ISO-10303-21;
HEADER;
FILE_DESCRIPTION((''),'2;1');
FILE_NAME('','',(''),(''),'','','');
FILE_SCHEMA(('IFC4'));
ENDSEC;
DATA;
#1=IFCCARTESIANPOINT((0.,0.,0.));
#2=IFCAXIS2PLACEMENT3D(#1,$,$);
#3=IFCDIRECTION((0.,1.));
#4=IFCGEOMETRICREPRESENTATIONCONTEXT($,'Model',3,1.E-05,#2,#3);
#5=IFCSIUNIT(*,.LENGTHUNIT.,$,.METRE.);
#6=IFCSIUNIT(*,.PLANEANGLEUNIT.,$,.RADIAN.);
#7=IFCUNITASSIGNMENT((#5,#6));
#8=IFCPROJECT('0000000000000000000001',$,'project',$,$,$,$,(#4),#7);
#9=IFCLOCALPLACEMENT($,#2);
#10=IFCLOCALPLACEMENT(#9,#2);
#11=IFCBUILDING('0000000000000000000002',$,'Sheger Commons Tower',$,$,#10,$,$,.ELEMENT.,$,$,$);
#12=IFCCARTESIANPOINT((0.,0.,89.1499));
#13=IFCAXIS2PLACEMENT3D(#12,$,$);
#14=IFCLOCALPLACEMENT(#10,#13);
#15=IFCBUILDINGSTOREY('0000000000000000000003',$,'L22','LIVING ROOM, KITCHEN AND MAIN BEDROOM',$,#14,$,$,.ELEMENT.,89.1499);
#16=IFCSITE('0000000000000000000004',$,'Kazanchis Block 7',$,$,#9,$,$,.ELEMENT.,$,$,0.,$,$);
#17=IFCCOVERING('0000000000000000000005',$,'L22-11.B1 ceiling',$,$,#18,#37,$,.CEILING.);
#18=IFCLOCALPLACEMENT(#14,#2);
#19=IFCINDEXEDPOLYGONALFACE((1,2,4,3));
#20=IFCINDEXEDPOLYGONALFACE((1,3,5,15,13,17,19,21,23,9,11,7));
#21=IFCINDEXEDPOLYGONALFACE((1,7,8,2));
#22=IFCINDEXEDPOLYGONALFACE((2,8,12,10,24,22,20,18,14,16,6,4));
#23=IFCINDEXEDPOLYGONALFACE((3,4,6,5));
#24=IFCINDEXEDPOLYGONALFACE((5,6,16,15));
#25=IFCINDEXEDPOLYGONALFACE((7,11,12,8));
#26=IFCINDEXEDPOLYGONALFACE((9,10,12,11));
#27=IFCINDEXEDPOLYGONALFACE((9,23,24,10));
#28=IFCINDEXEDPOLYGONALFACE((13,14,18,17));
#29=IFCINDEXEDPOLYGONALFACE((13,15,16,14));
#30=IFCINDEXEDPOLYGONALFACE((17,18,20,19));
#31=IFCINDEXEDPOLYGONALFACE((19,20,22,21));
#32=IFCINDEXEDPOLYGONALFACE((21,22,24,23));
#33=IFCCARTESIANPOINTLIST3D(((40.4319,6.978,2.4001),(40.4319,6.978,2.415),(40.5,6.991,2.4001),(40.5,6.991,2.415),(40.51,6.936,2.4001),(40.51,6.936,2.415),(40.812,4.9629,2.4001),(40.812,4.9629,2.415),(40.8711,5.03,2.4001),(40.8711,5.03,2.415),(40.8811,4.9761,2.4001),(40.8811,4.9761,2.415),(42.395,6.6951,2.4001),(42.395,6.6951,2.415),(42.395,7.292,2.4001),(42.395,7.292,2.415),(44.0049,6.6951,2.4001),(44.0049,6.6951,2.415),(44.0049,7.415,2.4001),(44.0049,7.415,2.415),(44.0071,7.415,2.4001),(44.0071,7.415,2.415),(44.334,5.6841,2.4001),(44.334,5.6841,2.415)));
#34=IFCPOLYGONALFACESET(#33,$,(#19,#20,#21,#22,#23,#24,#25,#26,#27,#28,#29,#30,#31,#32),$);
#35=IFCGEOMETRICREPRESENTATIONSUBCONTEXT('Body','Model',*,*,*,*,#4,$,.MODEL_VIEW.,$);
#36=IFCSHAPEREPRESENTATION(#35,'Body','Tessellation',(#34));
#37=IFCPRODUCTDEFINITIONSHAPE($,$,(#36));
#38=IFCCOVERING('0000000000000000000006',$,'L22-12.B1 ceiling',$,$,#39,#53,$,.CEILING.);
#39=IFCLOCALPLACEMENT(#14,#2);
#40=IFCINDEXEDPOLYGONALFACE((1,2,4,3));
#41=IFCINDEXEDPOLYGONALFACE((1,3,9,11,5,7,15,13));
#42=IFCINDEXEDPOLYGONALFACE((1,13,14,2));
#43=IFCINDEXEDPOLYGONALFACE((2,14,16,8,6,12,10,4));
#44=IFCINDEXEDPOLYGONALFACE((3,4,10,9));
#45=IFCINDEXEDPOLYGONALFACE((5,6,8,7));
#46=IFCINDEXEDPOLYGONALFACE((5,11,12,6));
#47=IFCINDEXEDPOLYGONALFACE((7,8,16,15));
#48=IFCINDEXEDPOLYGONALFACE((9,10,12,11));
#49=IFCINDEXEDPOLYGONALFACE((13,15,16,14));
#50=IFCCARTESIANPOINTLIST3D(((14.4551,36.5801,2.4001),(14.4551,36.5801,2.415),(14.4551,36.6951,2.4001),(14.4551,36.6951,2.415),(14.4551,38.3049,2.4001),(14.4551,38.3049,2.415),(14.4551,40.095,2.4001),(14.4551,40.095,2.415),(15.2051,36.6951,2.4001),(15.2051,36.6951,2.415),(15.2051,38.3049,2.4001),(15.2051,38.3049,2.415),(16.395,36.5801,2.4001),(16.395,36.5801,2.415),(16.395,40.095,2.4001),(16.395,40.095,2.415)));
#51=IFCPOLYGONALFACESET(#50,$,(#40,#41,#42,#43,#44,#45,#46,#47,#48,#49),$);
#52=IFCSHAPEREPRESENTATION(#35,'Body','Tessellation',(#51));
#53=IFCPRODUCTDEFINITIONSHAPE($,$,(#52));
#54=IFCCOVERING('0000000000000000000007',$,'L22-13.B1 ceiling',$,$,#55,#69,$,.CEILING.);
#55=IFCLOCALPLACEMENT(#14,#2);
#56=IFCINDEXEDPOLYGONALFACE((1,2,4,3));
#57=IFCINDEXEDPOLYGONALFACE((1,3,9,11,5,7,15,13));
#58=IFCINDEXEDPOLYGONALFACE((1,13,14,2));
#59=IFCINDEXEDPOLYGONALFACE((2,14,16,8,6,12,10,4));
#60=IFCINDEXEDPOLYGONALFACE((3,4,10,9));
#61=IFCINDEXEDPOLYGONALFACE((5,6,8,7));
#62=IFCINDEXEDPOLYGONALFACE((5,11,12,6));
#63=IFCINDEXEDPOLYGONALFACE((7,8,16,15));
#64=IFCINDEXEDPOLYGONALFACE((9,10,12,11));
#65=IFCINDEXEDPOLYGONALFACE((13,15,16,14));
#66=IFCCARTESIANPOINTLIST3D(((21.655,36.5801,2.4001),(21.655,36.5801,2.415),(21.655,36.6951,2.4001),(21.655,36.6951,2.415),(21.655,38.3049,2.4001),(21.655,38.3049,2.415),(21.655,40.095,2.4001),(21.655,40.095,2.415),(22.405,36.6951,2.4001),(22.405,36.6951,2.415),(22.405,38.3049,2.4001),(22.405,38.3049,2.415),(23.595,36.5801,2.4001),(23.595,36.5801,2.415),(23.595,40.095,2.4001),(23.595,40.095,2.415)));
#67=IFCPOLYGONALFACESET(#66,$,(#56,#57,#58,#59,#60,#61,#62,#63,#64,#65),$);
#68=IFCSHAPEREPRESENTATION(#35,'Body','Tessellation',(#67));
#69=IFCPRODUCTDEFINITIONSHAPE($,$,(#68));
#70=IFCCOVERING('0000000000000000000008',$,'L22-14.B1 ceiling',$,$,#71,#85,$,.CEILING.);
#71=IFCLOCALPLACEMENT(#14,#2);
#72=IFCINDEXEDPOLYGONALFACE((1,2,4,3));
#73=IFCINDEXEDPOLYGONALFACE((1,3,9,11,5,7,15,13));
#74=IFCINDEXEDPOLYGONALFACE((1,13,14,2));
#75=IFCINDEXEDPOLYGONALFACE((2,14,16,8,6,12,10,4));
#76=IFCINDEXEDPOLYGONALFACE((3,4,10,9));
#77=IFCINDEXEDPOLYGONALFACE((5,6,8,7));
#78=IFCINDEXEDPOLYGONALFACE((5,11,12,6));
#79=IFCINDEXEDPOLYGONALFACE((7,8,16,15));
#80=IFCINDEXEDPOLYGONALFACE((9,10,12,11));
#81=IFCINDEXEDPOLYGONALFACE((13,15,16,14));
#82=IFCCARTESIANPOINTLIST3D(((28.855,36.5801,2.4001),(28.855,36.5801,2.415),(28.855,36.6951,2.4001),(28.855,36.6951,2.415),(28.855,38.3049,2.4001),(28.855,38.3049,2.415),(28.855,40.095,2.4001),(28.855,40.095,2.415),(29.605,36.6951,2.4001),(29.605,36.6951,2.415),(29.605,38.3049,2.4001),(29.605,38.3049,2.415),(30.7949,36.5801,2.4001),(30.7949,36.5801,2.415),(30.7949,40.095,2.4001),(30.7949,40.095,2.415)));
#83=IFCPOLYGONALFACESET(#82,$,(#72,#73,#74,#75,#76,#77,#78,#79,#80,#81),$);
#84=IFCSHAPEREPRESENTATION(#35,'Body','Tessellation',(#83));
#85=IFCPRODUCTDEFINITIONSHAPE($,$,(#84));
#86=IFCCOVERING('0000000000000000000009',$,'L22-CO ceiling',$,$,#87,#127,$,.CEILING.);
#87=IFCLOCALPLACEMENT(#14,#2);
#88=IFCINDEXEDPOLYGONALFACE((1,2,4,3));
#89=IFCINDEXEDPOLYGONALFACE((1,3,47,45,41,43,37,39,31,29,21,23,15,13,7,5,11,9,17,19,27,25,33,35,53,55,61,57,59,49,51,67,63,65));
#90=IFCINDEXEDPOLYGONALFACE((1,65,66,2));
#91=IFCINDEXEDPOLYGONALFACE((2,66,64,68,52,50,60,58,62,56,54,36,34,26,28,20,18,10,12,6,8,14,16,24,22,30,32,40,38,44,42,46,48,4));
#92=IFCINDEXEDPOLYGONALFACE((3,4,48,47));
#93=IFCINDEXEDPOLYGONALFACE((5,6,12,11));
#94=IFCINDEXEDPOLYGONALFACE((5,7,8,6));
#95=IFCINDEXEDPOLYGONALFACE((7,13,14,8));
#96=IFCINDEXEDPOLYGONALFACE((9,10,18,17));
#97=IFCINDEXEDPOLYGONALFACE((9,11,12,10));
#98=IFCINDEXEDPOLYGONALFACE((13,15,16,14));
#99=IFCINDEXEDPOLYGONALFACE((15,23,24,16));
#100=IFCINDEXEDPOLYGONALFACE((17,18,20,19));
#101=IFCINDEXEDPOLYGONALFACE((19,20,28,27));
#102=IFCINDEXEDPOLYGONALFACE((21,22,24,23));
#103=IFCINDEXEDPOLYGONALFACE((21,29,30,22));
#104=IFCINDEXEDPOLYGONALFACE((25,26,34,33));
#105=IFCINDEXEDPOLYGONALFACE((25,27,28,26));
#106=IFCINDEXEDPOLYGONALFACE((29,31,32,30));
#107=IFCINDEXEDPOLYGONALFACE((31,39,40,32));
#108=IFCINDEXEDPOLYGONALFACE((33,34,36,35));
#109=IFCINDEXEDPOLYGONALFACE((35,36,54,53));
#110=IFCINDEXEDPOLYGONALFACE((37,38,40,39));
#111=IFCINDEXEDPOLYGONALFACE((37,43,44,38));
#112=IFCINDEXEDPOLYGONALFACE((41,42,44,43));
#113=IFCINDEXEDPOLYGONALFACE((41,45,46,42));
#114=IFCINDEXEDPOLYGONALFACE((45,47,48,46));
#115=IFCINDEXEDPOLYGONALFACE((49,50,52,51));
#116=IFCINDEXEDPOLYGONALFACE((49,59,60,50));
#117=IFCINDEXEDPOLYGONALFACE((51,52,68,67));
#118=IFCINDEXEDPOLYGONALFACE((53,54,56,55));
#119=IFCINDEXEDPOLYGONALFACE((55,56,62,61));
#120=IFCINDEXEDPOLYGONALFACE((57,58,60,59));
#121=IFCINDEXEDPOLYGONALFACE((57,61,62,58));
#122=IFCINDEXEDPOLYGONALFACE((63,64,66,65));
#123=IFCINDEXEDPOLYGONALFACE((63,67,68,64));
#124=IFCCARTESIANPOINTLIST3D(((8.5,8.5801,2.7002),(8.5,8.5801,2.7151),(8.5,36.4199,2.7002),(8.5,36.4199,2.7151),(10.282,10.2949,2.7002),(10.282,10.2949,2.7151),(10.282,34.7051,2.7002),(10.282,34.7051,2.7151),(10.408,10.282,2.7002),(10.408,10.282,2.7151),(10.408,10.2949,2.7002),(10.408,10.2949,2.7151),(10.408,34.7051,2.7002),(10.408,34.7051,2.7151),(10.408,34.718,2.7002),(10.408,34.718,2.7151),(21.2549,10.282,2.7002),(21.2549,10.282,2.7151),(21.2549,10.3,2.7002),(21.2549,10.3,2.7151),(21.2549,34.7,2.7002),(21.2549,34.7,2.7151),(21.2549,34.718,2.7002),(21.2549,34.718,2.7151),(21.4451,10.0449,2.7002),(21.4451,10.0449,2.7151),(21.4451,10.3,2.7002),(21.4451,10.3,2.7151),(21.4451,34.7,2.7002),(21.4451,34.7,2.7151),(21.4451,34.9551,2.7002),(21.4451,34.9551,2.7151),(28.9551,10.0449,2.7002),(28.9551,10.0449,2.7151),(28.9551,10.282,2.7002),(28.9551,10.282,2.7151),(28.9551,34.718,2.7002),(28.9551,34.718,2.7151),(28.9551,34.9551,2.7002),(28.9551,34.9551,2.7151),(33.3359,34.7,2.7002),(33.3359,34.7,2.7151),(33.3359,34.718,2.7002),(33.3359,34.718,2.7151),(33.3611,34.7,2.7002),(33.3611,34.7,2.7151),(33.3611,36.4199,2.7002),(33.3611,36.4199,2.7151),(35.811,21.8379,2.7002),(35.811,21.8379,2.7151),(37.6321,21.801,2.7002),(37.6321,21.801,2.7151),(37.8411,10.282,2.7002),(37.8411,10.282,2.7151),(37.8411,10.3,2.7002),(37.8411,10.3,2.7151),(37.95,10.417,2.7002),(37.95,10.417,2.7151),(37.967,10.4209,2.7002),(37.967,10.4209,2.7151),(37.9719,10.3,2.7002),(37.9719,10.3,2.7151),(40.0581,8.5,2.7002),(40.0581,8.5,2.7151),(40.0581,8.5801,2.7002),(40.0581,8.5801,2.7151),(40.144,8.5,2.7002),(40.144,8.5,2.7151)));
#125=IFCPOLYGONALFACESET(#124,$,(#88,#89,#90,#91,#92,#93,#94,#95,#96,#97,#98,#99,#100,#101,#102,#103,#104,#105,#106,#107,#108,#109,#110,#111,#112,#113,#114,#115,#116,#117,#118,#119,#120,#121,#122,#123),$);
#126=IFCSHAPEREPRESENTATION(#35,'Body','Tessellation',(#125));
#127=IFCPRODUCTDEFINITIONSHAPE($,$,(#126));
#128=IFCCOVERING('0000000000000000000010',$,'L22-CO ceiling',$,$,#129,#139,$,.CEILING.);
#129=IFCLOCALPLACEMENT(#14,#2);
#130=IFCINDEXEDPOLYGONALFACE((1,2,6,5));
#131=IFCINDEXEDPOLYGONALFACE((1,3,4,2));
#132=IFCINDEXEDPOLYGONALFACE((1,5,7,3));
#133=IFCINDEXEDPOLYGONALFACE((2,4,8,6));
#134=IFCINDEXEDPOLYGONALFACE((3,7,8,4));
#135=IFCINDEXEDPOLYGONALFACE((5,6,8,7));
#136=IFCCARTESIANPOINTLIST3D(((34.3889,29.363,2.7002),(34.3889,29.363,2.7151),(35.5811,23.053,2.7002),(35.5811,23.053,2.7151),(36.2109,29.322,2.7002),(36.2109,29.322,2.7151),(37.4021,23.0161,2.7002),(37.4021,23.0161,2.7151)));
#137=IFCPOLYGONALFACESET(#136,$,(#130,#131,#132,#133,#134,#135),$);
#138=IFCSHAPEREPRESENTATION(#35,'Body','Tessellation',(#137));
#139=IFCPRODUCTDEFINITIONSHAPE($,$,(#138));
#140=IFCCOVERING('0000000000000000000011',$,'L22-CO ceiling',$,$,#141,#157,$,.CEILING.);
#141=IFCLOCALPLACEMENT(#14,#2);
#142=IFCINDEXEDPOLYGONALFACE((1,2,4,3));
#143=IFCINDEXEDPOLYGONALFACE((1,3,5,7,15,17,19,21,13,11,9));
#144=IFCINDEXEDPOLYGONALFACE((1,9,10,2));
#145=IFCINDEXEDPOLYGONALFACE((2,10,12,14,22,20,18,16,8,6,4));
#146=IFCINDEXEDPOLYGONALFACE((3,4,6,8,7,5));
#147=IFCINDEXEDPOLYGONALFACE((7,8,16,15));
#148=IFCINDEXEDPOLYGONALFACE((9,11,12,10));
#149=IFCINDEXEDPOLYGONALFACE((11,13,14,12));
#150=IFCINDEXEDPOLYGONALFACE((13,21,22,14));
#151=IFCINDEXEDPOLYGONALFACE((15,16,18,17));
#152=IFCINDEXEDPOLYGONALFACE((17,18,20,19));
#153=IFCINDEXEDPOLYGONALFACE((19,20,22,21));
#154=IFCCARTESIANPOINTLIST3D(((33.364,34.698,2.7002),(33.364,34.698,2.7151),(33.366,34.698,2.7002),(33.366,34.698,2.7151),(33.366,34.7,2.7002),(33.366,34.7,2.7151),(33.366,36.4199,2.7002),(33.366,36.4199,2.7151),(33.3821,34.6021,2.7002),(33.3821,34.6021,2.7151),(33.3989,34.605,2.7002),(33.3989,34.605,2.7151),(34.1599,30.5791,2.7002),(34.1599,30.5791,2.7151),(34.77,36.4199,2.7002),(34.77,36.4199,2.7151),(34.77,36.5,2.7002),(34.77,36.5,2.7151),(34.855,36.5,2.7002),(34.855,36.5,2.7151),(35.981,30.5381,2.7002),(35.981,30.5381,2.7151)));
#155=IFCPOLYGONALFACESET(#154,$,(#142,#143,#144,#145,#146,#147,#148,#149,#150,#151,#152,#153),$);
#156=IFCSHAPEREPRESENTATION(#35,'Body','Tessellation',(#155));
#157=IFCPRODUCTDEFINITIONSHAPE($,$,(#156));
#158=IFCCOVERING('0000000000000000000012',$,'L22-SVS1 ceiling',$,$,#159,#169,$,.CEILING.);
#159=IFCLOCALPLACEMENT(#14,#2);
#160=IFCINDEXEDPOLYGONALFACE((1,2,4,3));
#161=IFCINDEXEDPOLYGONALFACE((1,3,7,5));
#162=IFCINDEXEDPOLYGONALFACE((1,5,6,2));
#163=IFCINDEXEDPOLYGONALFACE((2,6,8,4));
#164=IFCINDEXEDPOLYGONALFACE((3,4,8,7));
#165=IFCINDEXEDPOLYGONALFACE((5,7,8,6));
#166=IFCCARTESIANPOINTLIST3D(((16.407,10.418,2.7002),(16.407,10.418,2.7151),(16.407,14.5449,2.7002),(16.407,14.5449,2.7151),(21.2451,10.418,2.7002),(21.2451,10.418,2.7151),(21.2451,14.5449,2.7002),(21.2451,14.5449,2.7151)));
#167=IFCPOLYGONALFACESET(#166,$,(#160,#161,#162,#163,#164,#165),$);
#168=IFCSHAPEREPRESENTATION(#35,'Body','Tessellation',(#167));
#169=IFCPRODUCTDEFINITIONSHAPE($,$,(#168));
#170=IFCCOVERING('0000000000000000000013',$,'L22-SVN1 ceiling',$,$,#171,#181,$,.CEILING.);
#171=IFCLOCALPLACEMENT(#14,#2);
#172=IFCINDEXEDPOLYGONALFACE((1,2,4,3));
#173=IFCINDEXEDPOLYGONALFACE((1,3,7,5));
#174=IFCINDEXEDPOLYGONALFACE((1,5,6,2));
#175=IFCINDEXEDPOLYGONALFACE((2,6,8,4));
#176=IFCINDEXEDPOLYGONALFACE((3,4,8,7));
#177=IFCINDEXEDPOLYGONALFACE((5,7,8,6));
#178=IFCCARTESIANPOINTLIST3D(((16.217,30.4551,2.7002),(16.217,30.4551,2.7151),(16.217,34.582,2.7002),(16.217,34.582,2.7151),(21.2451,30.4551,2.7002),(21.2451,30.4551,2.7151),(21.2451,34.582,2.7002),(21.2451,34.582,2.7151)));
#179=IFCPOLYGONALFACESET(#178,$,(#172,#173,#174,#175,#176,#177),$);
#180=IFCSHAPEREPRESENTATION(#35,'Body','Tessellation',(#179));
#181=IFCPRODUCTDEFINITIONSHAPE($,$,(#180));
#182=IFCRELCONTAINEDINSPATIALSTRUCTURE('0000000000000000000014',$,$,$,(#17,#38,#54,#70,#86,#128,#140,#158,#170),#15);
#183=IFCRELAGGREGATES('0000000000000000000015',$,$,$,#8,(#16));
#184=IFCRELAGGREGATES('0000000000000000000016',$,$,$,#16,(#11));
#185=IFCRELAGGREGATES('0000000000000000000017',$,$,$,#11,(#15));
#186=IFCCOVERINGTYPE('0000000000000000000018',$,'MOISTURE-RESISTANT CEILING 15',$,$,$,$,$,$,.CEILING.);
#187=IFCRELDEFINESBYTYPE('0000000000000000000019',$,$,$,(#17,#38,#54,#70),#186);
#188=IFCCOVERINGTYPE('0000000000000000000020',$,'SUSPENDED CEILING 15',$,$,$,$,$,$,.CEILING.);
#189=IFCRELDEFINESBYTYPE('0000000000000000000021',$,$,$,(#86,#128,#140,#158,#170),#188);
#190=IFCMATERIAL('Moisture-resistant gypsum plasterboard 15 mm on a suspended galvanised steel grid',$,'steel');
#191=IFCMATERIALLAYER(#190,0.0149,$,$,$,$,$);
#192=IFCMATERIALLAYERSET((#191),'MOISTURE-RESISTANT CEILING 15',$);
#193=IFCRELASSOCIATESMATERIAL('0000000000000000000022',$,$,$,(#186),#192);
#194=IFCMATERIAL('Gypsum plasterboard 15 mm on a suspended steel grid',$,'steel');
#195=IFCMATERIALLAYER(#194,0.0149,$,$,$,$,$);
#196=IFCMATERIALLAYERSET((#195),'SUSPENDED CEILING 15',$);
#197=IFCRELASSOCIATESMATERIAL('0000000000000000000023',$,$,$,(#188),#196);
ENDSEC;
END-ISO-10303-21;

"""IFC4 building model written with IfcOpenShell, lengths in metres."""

from ifc_helpers import new_model, si_unit, direction, frame, origin, place, context, subcontext, project, spatial, polyline, outline, extrude, material, layer, layer_set, type_object, element, save


model = new_model("IFC4")

# Units and contexts
model_context = context("Model", 3, precision=1e-05, world=origin(), true_north=direction((0.0, 1.0)))
body_context = subcontext(model_context, "Body", "Model", "MODEL_VIEW")
ifc_project = project(units=[si_unit("LENGTHUNIT", "METRE"), si_unit("PLANEANGLEUNIT", "RADIAN")], contexts=[model_context])

# Site, building, storey
site_placement = place(None, origin())
site = spatial("IfcSite", under=ifc_project, at=site_placement, Name="Kazanchis Block 7", CompositionType="ELEMENT", RefElevation=0.0)
building_placement = place(site_placement, origin())
building = spatial("IfcBuilding", under=site, at=building_placement, Name="Sheger Commons Tower", CompositionType="ELEMENT")
storey_placement = place(building_placement, frame((0.0, 0.0, 89.1499)))
storey = spatial("IfcBuildingStorey", under=building, at=storey_placement, Name="L22", Description="LIVING ROOM, KITCHEN AND MAIN BEDROOM", CompositionType="ELEMENT", Elevation=89.1499)

# Coverings
ifc_material_1 = material(Name="Moisture-resistant gypsum plasterboard 15 mm on a suspended galvanised steel grid", Category="steel")
ifc_layer_1 = layer(ifc_material_1, 0.0149)
ifc_layer_set_1 = layer_set([ifc_layer_1], Name="MOISTURE-RESISTANT CEILING 15")
covering_type_1 = type_object("IfcCoveringType", Name="MOISTURE-RESISTANT CEILING 15", PredefinedType="CEILING", material=ifc_layer_set_1)
covering_1_placement = place(storey_placement, frame((0.0, 0.0, 2.4001)))
element("IfcCovering", 1, at=covering_1_placement, inside=storey, type_object=covering_type_1, Name="L22-11.B1 ceiling", PredefinedType="CEILING", context=body_context, shape_type="SweptSolid", body=[
    extrude(outline(polyline([(40.812, 4.9629), (40.8811, 4.9761), (40.8711, 5.03), (44.334, 5.6841), (44.0071, 7.415), (44.0049, 7.415), (44.0049, 6.6951), (42.395, 6.6951), (42.395, 7.292), (40.51, 6.936), (40.5, 6.991), (40.4319, 6.978), (40.812, 4.9629)])), origin(), (0.0, 0.0, 1.0), 0.0149),
])
covering_2_placement = place(storey_placement, frame((0.0, 0.0, 2.4001)))
element("IfcCovering", 2, at=covering_2_placement, inside=storey, type_object=covering_type_1, Name="L22-12.B1 ceiling", PredefinedType="CEILING", context=body_context, shape_type="SweptSolid", body=[
    extrude(outline(polyline([(14.4551, 36.5801), (16.395, 36.5801), (16.395, 40.095), (14.4551, 40.095), (14.4551, 38.3049), (15.2051, 38.3049), (15.2051, 36.6951), (14.4551, 36.6951), (14.4551, 36.5801)])), origin(), (0.0, 0.0, 1.0), 0.0149),
])
covering_3_placement = place(storey_placement, frame((0.0, 0.0, 2.4001)))
element("IfcCovering", 3, at=covering_3_placement, inside=storey, type_object=covering_type_1, Name="L22-13.B1 ceiling", PredefinedType="CEILING", context=body_context, shape_type="SweptSolid", body=[
    extrude(outline(polyline([(21.655, 36.5801), (23.595, 36.5801), (23.595, 40.095), (21.655, 40.095), (21.655, 38.3049), (22.405, 38.3049), (22.405, 36.6951), (21.655, 36.6951), (21.655, 36.5801)])), origin(), (0.0, 0.0, 1.0), 0.0149),
])
covering_4_placement = place(storey_placement, frame((0.0, 0.0, 2.4001)))
element("IfcCovering", 4, at=covering_4_placement, inside=storey, type_object=covering_type_1, Name="L22-14.B1 ceiling", PredefinedType="CEILING", context=body_context, shape_type="SweptSolid", body=[
    extrude(outline(polyline([(28.855, 36.5801), (30.7949, 36.5801), (30.7949, 40.095), (28.855, 40.095), (28.855, 38.3049), (29.605, 38.3049), (29.605, 36.6951), (28.855, 36.6951), (28.855, 36.5801)])), origin(), (0.0, 0.0, 1.0), 0.0149),
])
ifc_material_2 = material(Name="Gypsum plasterboard 15 mm on a suspended steel grid", Category="steel")
ifc_layer_2 = layer(ifc_material_2, 0.0149)
ifc_layer_set_2 = layer_set([ifc_layer_2], Name="SUSPENDED CEILING 15")
covering_type_2 = type_object("IfcCoveringType", Name="SUSPENDED CEILING 15", PredefinedType="CEILING", material=ifc_layer_set_2)
covering_5_placement = place(storey_placement, frame((0.0, 0.0, 2.7002)))
element("IfcCovering", 5, at=covering_5_placement, inside=storey, type_object=covering_type_2, Name="L22-CO ceiling", PredefinedType="CEILING", context=body_context, shape_type="SweptSolid", body=[
    extrude(outline(polyline([(40.0581, 8.5), (40.144, 8.5), (37.6321, 21.801), (35.811, 21.8379), (37.967, 10.4209), (37.95, 10.417), (37.9719, 10.3), (37.8411, 10.3), (37.8411, 10.282), (28.9551, 10.282), (28.9551, 10.0449), (21.4451, 10.0449), (21.4451, 10.3), (21.2549, 10.3), (21.2549, 10.282), (10.408, 10.282), (10.408, 10.2949), (10.282, 10.2949), (10.282, 34.7051), (10.408, 34.7051), (10.408, 34.718), (21.2549, 34.718), (21.2549, 34.7), (21.4451, 34.7), (21.4451, 34.9551), (28.9551, 34.9551), (28.9551, 34.718), (33.3359, 34.718), (33.3359, 34.7), (33.3611, 34.7), (33.3611, 36.4199), (8.5, 36.4199), (8.5, 8.5801), (40.0581, 8.5801), (40.0581, 8.5)])), origin(), (0.0, 0.0, 1.0), 0.0149),
])
covering_6_placement = place(storey_placement, frame((0.0, 0.0, 2.7002)))
element("IfcCovering", 6, at=covering_6_placement, inside=storey, type_object=covering_type_2, Name="L22-CO ceiling", PredefinedType="CEILING", context=body_context, shape_type="SweptSolid", body=[
    extrude(outline(polyline([(37.4021, 23.0161), (36.2109, 29.322), (34.3889, 29.363), (35.5811, 23.053), (37.4021, 23.0161)])), origin(), (0.0, 0.0, 1.0), 0.0149),
])
covering_7_placement = place(storey_placement, frame((0.0, 0.0, 2.7002)))
element("IfcCovering", 7, at=covering_7_placement, inside=storey, type_object=covering_type_2, Name="L22-CO ceiling", PredefinedType="CEILING", context=body_context, shape_type="SweptSolid", body=[
    extrude(outline(polyline([(35.981, 30.5381), (34.855, 36.5), (34.77, 36.5), (34.77, 36.4199), (33.366, 36.4199), (33.366, 34.7), (33.366, 34.698), (33.364, 34.698), (33.3821, 34.6021), (33.3989, 34.605), (34.1599, 30.5791), (35.981, 30.5381)])), origin(), (0.0, 0.0, 1.0), 0.0149),
])
covering_8_placement = place(storey_placement, frame((0.0, 0.0, 2.7002)))
element("IfcCovering", 8, at=covering_8_placement, inside=storey, type_object=covering_type_2, Name="L22-SVS1 ceiling", PredefinedType="CEILING", context=body_context, shape_type="SweptSolid", body=[
    extrude(outline(polyline([(16.407, 10.418), (21.2451, 10.418), (21.2451, 14.5449), (16.407, 14.5449), (16.407, 10.418)])), origin(), (0.0, 0.0, 1.0), 0.0149),
])
covering_9_placement = place(storey_placement, frame((0.0, 0.0, 2.7002)))
element("IfcCovering", 9, at=covering_9_placement, inside=storey, type_object=covering_type_2, Name="L22-SVN1 ceiling", PredefinedType="CEILING", context=body_context, shape_type="SweptSolid", body=[
    extrude(outline(polyline([(16.217, 30.4551), (21.2451, 30.4551), (21.2451, 34.582), (16.217, 34.582), (16.217, 30.4551)])), origin(), (0.0, 0.0, 1.0), 0.0149),
])

save(model, "model.ifc")
